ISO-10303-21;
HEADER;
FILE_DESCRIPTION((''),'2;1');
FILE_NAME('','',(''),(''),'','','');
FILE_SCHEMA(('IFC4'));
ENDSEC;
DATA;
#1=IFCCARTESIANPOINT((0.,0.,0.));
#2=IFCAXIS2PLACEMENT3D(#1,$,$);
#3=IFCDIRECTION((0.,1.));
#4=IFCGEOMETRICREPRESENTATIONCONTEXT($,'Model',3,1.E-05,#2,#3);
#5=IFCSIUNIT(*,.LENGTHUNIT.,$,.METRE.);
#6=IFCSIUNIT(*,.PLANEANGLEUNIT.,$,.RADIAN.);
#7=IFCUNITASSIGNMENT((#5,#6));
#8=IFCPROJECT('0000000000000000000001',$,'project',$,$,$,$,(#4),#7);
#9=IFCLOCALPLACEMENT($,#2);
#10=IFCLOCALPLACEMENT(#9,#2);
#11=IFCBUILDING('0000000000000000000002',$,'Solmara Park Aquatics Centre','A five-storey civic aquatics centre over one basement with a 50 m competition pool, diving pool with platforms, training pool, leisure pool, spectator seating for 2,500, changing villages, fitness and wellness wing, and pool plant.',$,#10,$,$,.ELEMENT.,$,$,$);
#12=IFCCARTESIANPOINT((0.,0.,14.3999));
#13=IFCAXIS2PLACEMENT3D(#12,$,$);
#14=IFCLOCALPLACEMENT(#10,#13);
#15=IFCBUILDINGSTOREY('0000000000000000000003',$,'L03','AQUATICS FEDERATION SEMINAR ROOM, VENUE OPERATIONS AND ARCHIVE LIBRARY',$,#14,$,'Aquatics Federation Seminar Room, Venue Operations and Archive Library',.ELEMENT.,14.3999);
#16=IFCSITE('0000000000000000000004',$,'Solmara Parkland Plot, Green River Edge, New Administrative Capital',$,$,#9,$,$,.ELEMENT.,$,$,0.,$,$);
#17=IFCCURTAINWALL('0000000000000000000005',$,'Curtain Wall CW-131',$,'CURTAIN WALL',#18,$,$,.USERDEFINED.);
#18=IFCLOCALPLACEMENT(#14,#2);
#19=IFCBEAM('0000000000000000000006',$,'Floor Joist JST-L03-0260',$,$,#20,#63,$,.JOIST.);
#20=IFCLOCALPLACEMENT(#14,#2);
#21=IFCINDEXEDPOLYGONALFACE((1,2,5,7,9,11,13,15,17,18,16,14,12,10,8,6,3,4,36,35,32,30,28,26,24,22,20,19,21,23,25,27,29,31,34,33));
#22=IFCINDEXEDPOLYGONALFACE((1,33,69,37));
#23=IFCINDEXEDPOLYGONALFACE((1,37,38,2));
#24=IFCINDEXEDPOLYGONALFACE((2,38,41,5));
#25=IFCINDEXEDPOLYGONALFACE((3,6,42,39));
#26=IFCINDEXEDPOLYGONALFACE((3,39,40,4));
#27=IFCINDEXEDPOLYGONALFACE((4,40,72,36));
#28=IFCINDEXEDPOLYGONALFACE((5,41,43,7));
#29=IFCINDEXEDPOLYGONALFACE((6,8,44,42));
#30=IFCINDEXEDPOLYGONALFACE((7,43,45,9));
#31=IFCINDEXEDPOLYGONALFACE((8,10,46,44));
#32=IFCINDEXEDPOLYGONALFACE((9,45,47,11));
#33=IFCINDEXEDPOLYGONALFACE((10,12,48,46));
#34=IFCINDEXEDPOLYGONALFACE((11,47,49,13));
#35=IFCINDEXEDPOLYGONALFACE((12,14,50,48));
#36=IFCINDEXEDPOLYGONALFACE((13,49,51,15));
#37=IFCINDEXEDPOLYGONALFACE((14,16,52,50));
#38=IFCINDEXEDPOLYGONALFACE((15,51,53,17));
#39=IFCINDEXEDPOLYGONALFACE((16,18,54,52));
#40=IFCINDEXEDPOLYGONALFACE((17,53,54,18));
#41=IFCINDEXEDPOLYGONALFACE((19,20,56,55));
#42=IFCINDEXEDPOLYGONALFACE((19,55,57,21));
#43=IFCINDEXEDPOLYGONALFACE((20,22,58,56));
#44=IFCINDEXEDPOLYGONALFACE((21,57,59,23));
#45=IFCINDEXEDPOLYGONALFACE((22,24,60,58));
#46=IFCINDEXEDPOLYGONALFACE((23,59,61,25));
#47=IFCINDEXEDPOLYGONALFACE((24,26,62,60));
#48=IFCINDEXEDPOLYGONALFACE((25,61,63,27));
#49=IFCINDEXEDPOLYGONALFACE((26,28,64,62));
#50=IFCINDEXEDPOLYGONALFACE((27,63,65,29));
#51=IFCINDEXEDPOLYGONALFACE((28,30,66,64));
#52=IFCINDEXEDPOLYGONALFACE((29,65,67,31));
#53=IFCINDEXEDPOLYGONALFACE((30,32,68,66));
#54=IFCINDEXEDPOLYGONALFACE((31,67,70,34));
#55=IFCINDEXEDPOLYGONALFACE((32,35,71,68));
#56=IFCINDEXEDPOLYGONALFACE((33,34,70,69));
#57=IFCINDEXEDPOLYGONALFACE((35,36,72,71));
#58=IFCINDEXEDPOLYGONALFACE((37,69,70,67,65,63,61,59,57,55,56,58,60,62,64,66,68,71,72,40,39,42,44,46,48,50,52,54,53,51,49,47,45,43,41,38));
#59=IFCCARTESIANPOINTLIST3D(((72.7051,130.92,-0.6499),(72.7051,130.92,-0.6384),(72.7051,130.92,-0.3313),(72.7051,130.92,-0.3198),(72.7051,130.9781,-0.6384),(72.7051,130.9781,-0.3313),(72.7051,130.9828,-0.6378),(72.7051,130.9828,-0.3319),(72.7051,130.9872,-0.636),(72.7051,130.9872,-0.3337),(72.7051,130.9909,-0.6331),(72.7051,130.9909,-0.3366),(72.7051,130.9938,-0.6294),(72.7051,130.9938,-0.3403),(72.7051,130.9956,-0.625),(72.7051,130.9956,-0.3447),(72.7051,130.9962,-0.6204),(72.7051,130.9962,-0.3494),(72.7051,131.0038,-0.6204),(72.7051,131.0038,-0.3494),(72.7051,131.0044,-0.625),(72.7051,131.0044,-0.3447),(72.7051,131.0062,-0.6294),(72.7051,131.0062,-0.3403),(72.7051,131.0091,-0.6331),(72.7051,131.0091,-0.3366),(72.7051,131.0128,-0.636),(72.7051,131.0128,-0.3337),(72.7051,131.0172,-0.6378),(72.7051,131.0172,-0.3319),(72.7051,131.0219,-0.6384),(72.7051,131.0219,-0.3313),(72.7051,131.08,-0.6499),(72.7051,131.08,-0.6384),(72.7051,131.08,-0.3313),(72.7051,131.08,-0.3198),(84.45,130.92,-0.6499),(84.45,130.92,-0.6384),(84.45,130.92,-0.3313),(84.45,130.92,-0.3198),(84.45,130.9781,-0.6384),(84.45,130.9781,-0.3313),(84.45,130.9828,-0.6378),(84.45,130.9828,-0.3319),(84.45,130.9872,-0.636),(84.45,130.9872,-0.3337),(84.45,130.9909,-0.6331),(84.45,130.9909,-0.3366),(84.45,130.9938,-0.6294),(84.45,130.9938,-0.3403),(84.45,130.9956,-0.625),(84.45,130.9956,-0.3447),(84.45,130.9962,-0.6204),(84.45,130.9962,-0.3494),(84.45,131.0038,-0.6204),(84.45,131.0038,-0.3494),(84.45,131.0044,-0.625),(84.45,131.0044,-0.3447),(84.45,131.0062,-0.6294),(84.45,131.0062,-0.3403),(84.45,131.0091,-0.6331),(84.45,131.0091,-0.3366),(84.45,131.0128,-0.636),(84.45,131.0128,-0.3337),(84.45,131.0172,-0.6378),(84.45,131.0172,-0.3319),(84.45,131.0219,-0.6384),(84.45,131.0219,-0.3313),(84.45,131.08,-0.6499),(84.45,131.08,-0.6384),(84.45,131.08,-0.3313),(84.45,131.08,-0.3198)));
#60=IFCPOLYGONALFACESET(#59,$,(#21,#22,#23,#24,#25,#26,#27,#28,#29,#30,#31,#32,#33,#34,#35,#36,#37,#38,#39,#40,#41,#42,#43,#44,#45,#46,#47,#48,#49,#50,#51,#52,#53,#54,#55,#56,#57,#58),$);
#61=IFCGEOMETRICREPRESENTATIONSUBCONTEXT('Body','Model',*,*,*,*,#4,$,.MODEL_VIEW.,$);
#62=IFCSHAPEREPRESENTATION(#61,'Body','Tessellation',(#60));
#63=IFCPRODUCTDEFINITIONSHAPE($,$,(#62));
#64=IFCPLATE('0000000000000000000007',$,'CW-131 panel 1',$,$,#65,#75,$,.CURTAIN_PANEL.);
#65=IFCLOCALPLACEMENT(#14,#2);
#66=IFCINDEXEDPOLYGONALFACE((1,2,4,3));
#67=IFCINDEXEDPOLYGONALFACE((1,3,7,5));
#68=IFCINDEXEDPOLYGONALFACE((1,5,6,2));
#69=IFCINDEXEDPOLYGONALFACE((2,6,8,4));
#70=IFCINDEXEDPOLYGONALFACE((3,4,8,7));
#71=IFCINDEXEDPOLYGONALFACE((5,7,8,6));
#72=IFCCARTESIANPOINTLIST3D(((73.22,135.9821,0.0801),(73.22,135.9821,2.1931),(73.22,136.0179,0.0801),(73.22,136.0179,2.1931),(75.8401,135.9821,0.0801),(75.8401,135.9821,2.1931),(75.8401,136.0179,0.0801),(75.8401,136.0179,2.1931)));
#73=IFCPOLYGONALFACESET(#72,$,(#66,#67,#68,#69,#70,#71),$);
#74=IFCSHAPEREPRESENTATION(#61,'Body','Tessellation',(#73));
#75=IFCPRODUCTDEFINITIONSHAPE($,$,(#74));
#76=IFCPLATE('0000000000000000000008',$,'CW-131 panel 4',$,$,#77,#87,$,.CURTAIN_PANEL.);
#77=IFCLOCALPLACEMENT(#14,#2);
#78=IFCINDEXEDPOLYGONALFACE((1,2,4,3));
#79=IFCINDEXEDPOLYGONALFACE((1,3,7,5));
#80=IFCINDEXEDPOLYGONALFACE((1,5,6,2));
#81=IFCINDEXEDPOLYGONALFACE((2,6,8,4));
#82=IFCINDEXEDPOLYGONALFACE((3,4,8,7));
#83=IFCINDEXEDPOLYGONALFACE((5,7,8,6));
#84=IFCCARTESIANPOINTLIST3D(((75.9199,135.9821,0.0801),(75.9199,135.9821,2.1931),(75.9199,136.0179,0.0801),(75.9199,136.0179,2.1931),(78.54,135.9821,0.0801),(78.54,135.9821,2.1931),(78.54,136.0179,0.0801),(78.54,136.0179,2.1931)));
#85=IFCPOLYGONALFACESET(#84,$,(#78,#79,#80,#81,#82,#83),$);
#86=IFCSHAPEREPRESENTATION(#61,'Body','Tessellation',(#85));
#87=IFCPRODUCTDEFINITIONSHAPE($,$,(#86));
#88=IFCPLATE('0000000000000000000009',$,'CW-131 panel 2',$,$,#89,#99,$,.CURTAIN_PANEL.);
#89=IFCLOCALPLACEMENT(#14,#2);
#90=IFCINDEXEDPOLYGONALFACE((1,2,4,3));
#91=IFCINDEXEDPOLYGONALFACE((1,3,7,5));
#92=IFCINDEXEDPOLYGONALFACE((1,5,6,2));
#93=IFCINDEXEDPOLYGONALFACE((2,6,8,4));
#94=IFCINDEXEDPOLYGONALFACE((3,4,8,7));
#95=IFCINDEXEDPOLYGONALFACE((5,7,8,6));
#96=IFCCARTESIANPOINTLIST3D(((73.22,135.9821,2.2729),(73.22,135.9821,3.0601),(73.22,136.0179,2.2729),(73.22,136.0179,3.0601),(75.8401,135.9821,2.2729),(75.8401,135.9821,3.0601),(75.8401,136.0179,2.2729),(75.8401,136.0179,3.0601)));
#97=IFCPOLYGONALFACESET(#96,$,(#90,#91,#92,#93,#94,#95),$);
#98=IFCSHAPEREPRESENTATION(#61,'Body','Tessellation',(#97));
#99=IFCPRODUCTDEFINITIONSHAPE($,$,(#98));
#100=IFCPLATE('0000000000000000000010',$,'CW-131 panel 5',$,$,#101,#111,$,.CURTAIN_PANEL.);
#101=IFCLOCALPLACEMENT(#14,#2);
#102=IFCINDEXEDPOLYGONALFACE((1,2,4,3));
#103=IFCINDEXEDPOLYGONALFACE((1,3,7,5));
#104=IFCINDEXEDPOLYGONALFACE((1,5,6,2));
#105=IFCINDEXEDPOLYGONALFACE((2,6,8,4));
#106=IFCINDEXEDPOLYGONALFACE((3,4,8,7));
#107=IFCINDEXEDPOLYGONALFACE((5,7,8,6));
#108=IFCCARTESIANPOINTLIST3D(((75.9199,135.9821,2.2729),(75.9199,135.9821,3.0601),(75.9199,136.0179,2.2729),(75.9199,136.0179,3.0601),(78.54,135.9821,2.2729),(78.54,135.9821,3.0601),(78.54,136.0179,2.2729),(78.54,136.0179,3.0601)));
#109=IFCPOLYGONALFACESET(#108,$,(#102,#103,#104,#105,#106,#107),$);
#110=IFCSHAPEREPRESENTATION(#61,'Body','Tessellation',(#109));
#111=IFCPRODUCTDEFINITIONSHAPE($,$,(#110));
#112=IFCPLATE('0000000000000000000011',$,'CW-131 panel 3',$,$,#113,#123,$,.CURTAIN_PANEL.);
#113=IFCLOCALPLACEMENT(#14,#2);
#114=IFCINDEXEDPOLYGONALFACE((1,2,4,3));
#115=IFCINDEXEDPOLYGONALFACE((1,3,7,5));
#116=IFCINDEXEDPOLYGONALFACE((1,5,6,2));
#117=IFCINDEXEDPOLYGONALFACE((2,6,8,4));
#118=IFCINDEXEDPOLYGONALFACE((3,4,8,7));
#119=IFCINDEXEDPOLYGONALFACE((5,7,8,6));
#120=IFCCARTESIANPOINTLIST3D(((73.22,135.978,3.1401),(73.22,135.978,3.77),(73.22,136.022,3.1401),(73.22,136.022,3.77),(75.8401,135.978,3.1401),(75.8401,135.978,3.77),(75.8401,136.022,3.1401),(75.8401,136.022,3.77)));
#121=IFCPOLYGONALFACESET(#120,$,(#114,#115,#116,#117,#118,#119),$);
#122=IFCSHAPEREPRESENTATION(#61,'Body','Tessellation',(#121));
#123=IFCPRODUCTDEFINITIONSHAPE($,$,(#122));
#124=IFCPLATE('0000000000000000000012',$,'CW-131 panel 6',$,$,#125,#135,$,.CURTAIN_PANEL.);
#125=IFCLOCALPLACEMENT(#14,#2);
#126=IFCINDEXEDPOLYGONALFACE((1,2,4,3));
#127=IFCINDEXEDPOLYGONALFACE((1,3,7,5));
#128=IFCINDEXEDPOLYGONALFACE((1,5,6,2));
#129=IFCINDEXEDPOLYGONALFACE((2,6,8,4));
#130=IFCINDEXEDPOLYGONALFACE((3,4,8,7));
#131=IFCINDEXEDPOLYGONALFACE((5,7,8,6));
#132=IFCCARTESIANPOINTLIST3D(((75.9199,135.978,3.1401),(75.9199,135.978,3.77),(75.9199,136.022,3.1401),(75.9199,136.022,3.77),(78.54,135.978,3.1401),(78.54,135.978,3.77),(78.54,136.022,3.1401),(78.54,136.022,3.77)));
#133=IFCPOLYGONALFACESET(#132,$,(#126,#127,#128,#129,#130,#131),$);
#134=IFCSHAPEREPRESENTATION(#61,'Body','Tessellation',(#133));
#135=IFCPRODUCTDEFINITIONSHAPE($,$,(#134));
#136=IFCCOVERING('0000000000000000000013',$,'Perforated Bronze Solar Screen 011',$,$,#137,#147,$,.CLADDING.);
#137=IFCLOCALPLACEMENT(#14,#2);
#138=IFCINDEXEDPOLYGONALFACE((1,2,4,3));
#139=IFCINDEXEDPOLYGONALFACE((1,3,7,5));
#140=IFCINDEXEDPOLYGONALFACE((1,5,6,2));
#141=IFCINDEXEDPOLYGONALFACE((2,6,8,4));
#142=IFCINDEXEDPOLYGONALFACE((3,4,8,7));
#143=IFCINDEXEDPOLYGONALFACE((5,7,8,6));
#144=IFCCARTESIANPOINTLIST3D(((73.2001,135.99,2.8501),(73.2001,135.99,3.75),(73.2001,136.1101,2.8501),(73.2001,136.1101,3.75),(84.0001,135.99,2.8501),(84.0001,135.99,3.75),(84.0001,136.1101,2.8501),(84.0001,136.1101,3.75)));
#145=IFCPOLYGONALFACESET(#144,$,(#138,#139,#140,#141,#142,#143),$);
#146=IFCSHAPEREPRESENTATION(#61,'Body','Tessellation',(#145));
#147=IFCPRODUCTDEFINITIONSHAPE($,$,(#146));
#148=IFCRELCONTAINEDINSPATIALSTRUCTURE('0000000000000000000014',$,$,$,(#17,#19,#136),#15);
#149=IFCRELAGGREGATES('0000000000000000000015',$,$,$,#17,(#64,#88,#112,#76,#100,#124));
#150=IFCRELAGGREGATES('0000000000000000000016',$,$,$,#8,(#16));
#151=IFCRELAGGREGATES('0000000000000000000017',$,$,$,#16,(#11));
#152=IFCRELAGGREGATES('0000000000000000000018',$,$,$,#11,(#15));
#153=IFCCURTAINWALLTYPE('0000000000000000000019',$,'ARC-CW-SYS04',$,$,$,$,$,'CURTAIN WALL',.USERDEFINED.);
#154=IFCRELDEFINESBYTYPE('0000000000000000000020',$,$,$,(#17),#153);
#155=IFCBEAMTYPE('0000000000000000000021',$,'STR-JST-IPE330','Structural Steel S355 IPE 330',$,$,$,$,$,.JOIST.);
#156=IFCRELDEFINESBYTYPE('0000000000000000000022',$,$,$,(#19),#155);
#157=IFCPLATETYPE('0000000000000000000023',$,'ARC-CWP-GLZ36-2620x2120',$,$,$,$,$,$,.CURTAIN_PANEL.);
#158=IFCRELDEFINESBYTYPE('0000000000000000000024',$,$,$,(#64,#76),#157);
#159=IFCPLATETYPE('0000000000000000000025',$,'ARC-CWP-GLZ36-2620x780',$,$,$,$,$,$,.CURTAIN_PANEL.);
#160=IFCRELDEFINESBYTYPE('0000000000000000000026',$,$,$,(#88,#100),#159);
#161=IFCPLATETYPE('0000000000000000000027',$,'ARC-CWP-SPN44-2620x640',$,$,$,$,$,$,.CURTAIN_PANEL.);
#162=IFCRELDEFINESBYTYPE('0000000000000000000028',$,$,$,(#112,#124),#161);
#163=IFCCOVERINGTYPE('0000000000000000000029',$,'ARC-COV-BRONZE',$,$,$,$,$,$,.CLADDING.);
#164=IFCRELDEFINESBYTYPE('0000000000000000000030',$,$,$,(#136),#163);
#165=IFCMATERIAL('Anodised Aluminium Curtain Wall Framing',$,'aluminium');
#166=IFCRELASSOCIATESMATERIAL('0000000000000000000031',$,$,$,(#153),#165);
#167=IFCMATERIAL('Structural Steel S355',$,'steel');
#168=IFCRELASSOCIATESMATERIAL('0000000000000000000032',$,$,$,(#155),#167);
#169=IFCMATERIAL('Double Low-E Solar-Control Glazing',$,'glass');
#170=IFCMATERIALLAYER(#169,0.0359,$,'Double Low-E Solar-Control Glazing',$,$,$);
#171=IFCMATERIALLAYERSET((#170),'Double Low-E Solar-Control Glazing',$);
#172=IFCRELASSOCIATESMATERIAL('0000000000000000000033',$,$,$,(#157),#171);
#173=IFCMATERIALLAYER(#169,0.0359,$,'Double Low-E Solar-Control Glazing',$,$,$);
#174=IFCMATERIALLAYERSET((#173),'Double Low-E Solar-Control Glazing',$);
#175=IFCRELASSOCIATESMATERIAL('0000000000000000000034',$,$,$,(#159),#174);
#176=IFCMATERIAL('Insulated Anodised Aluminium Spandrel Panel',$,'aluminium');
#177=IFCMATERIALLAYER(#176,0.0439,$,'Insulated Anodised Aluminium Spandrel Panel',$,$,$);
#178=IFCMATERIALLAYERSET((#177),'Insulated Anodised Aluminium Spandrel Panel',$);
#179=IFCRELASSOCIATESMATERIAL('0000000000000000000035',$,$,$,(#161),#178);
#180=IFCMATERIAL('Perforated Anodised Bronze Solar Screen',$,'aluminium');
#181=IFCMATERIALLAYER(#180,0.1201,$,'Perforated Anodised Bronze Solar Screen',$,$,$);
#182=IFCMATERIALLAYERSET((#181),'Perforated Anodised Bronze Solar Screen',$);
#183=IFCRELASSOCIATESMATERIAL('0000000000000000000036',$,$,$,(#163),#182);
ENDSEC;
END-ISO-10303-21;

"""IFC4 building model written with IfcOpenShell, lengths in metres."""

from ifc_helpers import new_model, si_unit, direction, frame, origin, origin_2d, place, context, subcontext, project, spatial, rectangle, i_section, extrude, material, layer, layer_set, material_profile, profile_set, type_object, element, aggregate, save


model = new_model("IFC4")

# Units and contexts
model_context = context("Model", 3, precision=1e-05, world=origin(), true_north=direction((0.0, 1.0)))
body_context = subcontext(model_context, "Body", "Model", "MODEL_VIEW")
ifc_project = project(units=[si_unit("LENGTHUNIT", "METRE"), si_unit("PLANEANGLEUNIT", "RADIAN")], contexts=[model_context])

# Site, building, storey
site_placement = place(None, origin())
site = spatial("IfcSite", under=ifc_project, at=site_placement, Name="Solmara Parkland Plot, Green River Edge, New Administrative Capital", CompositionType="ELEMENT", RefElevation=0.0)
building_placement = place(site_placement, origin())
building = spatial("IfcBuilding", under=site, at=building_placement, Name="Solmara Park Aquatics Centre", Description="A five-storey civic aquatics centre over one basement with a 50 m competition pool, diving pool with platforms, training pool, leisure pool, spectator seating for 2,500, changing villages, fitness and wellness wing, and pool plant.", CompositionType="ELEMENT")
storey_placement = place(building_placement, frame((0.0, 0.0, 14.3999)))
storey = spatial("IfcBuildingStorey", under=building, at=storey_placement, Name="L03", Description="AQUATICS FEDERATION SEMINAR ROOM, VENUE OPERATIONS AND ARCHIVE LIBRARY", LongName="Aquatics Federation Seminar Room, Venue Operations and Archive Library", CompositionType="ELEMENT", Elevation=14.3999)

# Curtain wall
ifc_material_1 = material(Name="Anodised Aluminium Curtain Wall Framing", Category="aluminium")
curtain_wall_type = type_object("IfcCurtainWallType", Name="ARC-CW-SYS04", ElementType="CURTAIN WALL", PredefinedType="USERDEFINED", material=ifc_material_1)
curtain_wall_placement = place(storey_placement, origin())
curtain_wall = element("IfcCurtainWall", 1, at=curtain_wall_placement, inside=storey, type_object=curtain_wall_type, Name="Curtain Wall CW-131", ObjectType="CURTAIN WALL", PredefinedType="USERDEFINED")

# Beam
ifc_material_2 = material(Name="Structural Steel S355", Category="steel")
ifc_material_profile_1 = material_profile(ifc_material_2, i_section(OverallWidth=0.1599, OverallDepth=0.3301, WebThickness=0.0076, FlangeThickness=0.0115, FilletRadius=0.0181, at=origin_2d()), Name="IPE 330")
ifc_profile_set_1 = profile_set([ifc_material_profile_1], Name="Structural Steel S355")
beam_type = type_object("IfcBeamType", Name="STR-JST-IPE330", Description="Structural Steel S355 IPE 330", PredefinedType="JOIST", material=ifc_profile_set_1)
beam_placement = place(storey_placement, frame((72.7051, 131.0, -0.4849), z_axis=(1.0, 0.0, 0.0), x_axis=(0.0, 1.0, 0.0)))
element("IfcBeam", 2, at=beam_placement, inside=storey, type_object=beam_type, Name="Floor Joist JST-L03-0260", PredefinedType="JOIST", context=body_context, shape_type="SweptSolid", body=[
    extrude(i_section(OverallWidth=0.1599, OverallDepth=0.3301, WebThickness=0.0076, FlangeThickness=0.0115, FilletRadius=0.0181, at=origin_2d()), origin(), (0.0, 0.0, 1.0), 11.7449),
])

# Plates
ifc_material_3 = material(Name="Double Low-E Solar-Control Glazing", Category="glass")
ifc_layer_1 = layer(ifc_material_3, 0.0359, Name="Double Low-E Solar-Control Glazing")
ifc_layer_set_1 = layer_set([ifc_layer_1], Name="Double Low-E Solar-Control Glazing")
plate_type_1 = type_object("IfcPlateType", Name="ARC-CWP-GLZ36-2620x2120", PredefinedType="CURTAIN_PANEL", material=ifc_layer_set_1)
plate_1_placement = place(storey_placement, frame((74.53, 136.0, 0.0801), z_axis=(0.0, 0.0, 1.0), x_axis=(1.0, 0.0, 0.0)))
plate_1 = element("IfcPlate", 3, at=plate_1_placement, type_object=plate_type_1, Name="CW-131 panel 1", PredefinedType="CURTAIN_PANEL", context=body_context, shape_type="SweptSolid", body=[
    extrude(rectangle(XDim=2.6201, YDim=0.0359, at=origin_2d()), origin(), (0.0, 0.0, 1.0), 2.113),
])
plate_2_placement = place(storey_placement, frame((77.23, 136.0, 0.0801), z_axis=(0.0, 0.0, 1.0), x_axis=(1.0, 0.0, 0.0)))
plate_2 = element("IfcPlate", 4, at=plate_2_placement, type_object=plate_type_1, Name="CW-131 panel 4", PredefinedType="CURTAIN_PANEL", context=body_context, shape_type="SweptSolid", body=[
    extrude(rectangle(XDim=2.6201, YDim=0.0359, at=origin_2d()), origin(), (0.0, 0.0, 1.0), 2.113),
])
ifc_layer_2 = layer(ifc_material_3, 0.0359, Name="Double Low-E Solar-Control Glazing")
ifc_layer_set_2 = layer_set([ifc_layer_2], Name="Double Low-E Solar-Control Glazing")
plate_type_2 = type_object("IfcPlateType", Name="ARC-CWP-GLZ36-2620x780", PredefinedType="CURTAIN_PANEL", material=ifc_layer_set_2)
plate_3_placement = place(storey_placement, frame((74.53, 136.0, 2.2729), z_axis=(0.0, 0.0, 1.0), x_axis=(1.0, 0.0, 0.0)))
plate_3 = element("IfcPlate", 5, at=plate_3_placement, type_object=plate_type_2, Name="CW-131 panel 2", PredefinedType="CURTAIN_PANEL", context=body_context, shape_type="SweptSolid", body=[
    extrude(rectangle(XDim=2.6201, YDim=0.0359, at=origin_2d()), origin(), (0.0, 0.0, 1.0), 0.7871),
])
plate_4_placement = place(storey_placement, frame((77.23, 136.0, 2.2729), z_axis=(0.0, 0.0, 1.0), x_axis=(1.0, 0.0, 0.0)))
plate_4 = element("IfcPlate", 6, at=plate_4_placement, type_object=plate_type_2, Name="CW-131 panel 5", PredefinedType="CURTAIN_PANEL", context=body_context, shape_type="SweptSolid", body=[
    extrude(rectangle(XDim=2.6201, YDim=0.0359, at=origin_2d()), origin(), (0.0, 0.0, 1.0), 0.7871),
])
ifc_material_4 = material(Name="Insulated Anodised Aluminium Spandrel Panel", Category="aluminium")
ifc_layer_3 = layer(ifc_material_4, 0.0439, Name="Insulated Anodised Aluminium Spandrel Panel")
ifc_layer_set_3 = layer_set([ifc_layer_3], Name="Insulated Anodised Aluminium Spandrel Panel")
plate_type_3 = type_object("IfcPlateType", Name="ARC-CWP-SPN44-2620x640", PredefinedType="CURTAIN_PANEL", material=ifc_layer_set_3)
plate_5_placement = place(storey_placement, frame((74.53, 136.0, 3.1401), z_axis=(0.0, 0.0, 1.0), x_axis=(1.0, 0.0, 0.0)))
plate_5 = element("IfcPlate", 7, at=plate_5_placement, type_object=plate_type_3, Name="CW-131 panel 3", PredefinedType="CURTAIN_PANEL", context=body_context, shape_type="SweptSolid", body=[
    extrude(rectangle(XDim=2.6201, YDim=0.0439, at=origin_2d()), origin(), (0.0, 0.0, 1.0), 0.6299),
])
plate_6_placement = place(storey_placement, frame((77.23, 136.0, 3.1401), z_axis=(0.0, 0.0, 1.0), x_axis=(1.0, 0.0, 0.0)))
plate_6 = element("IfcPlate", 8, at=plate_6_placement, type_object=plate_type_3, Name="CW-131 panel 6", PredefinedType="CURTAIN_PANEL", context=body_context, shape_type="SweptSolid", body=[
    extrude(rectangle(XDim=2.6201, YDim=0.0439, at=origin_2d()), origin(), (0.0, 0.0, 1.0), 0.6299),
])
aggregate(curtain_wall, [plate_1, plate_3, plate_5, plate_2, plate_4, plate_6])

# Covering
ifc_material_5 = material(Name="Perforated Anodised Bronze Solar Screen", Category="aluminium")
ifc_layer_4 = layer(ifc_material_5, 0.1201, Name="Perforated Anodised Bronze Solar Screen")
ifc_layer_set_4 = layer_set([ifc_layer_4], Name="Perforated Anodised Bronze Solar Screen")
covering_type = type_object("IfcCoveringType", Name="ARC-COV-BRONZE", PredefinedType="CLADDING", material=ifc_layer_set_4)
covering_placement = place(storey_placement, frame((78.6001, 136.05, 2.8501), z_axis=(0.0, 0.0, 1.0), x_axis=(1.0, 0.0, 0.0)))
element("IfcCovering", 9, at=covering_placement, inside=storey, type_object=covering_type, Name="Perforated Bronze Solar Screen 011", PredefinedType="CLADDING", context=body_context, shape_type="SweptSolid", body=[
    extrude(rectangle(XDim=10.8, YDim=0.1201, at=origin_2d()), origin(), (0.0, 0.0, 1.0), 0.8999),
])

save(model, "model.ifc")
